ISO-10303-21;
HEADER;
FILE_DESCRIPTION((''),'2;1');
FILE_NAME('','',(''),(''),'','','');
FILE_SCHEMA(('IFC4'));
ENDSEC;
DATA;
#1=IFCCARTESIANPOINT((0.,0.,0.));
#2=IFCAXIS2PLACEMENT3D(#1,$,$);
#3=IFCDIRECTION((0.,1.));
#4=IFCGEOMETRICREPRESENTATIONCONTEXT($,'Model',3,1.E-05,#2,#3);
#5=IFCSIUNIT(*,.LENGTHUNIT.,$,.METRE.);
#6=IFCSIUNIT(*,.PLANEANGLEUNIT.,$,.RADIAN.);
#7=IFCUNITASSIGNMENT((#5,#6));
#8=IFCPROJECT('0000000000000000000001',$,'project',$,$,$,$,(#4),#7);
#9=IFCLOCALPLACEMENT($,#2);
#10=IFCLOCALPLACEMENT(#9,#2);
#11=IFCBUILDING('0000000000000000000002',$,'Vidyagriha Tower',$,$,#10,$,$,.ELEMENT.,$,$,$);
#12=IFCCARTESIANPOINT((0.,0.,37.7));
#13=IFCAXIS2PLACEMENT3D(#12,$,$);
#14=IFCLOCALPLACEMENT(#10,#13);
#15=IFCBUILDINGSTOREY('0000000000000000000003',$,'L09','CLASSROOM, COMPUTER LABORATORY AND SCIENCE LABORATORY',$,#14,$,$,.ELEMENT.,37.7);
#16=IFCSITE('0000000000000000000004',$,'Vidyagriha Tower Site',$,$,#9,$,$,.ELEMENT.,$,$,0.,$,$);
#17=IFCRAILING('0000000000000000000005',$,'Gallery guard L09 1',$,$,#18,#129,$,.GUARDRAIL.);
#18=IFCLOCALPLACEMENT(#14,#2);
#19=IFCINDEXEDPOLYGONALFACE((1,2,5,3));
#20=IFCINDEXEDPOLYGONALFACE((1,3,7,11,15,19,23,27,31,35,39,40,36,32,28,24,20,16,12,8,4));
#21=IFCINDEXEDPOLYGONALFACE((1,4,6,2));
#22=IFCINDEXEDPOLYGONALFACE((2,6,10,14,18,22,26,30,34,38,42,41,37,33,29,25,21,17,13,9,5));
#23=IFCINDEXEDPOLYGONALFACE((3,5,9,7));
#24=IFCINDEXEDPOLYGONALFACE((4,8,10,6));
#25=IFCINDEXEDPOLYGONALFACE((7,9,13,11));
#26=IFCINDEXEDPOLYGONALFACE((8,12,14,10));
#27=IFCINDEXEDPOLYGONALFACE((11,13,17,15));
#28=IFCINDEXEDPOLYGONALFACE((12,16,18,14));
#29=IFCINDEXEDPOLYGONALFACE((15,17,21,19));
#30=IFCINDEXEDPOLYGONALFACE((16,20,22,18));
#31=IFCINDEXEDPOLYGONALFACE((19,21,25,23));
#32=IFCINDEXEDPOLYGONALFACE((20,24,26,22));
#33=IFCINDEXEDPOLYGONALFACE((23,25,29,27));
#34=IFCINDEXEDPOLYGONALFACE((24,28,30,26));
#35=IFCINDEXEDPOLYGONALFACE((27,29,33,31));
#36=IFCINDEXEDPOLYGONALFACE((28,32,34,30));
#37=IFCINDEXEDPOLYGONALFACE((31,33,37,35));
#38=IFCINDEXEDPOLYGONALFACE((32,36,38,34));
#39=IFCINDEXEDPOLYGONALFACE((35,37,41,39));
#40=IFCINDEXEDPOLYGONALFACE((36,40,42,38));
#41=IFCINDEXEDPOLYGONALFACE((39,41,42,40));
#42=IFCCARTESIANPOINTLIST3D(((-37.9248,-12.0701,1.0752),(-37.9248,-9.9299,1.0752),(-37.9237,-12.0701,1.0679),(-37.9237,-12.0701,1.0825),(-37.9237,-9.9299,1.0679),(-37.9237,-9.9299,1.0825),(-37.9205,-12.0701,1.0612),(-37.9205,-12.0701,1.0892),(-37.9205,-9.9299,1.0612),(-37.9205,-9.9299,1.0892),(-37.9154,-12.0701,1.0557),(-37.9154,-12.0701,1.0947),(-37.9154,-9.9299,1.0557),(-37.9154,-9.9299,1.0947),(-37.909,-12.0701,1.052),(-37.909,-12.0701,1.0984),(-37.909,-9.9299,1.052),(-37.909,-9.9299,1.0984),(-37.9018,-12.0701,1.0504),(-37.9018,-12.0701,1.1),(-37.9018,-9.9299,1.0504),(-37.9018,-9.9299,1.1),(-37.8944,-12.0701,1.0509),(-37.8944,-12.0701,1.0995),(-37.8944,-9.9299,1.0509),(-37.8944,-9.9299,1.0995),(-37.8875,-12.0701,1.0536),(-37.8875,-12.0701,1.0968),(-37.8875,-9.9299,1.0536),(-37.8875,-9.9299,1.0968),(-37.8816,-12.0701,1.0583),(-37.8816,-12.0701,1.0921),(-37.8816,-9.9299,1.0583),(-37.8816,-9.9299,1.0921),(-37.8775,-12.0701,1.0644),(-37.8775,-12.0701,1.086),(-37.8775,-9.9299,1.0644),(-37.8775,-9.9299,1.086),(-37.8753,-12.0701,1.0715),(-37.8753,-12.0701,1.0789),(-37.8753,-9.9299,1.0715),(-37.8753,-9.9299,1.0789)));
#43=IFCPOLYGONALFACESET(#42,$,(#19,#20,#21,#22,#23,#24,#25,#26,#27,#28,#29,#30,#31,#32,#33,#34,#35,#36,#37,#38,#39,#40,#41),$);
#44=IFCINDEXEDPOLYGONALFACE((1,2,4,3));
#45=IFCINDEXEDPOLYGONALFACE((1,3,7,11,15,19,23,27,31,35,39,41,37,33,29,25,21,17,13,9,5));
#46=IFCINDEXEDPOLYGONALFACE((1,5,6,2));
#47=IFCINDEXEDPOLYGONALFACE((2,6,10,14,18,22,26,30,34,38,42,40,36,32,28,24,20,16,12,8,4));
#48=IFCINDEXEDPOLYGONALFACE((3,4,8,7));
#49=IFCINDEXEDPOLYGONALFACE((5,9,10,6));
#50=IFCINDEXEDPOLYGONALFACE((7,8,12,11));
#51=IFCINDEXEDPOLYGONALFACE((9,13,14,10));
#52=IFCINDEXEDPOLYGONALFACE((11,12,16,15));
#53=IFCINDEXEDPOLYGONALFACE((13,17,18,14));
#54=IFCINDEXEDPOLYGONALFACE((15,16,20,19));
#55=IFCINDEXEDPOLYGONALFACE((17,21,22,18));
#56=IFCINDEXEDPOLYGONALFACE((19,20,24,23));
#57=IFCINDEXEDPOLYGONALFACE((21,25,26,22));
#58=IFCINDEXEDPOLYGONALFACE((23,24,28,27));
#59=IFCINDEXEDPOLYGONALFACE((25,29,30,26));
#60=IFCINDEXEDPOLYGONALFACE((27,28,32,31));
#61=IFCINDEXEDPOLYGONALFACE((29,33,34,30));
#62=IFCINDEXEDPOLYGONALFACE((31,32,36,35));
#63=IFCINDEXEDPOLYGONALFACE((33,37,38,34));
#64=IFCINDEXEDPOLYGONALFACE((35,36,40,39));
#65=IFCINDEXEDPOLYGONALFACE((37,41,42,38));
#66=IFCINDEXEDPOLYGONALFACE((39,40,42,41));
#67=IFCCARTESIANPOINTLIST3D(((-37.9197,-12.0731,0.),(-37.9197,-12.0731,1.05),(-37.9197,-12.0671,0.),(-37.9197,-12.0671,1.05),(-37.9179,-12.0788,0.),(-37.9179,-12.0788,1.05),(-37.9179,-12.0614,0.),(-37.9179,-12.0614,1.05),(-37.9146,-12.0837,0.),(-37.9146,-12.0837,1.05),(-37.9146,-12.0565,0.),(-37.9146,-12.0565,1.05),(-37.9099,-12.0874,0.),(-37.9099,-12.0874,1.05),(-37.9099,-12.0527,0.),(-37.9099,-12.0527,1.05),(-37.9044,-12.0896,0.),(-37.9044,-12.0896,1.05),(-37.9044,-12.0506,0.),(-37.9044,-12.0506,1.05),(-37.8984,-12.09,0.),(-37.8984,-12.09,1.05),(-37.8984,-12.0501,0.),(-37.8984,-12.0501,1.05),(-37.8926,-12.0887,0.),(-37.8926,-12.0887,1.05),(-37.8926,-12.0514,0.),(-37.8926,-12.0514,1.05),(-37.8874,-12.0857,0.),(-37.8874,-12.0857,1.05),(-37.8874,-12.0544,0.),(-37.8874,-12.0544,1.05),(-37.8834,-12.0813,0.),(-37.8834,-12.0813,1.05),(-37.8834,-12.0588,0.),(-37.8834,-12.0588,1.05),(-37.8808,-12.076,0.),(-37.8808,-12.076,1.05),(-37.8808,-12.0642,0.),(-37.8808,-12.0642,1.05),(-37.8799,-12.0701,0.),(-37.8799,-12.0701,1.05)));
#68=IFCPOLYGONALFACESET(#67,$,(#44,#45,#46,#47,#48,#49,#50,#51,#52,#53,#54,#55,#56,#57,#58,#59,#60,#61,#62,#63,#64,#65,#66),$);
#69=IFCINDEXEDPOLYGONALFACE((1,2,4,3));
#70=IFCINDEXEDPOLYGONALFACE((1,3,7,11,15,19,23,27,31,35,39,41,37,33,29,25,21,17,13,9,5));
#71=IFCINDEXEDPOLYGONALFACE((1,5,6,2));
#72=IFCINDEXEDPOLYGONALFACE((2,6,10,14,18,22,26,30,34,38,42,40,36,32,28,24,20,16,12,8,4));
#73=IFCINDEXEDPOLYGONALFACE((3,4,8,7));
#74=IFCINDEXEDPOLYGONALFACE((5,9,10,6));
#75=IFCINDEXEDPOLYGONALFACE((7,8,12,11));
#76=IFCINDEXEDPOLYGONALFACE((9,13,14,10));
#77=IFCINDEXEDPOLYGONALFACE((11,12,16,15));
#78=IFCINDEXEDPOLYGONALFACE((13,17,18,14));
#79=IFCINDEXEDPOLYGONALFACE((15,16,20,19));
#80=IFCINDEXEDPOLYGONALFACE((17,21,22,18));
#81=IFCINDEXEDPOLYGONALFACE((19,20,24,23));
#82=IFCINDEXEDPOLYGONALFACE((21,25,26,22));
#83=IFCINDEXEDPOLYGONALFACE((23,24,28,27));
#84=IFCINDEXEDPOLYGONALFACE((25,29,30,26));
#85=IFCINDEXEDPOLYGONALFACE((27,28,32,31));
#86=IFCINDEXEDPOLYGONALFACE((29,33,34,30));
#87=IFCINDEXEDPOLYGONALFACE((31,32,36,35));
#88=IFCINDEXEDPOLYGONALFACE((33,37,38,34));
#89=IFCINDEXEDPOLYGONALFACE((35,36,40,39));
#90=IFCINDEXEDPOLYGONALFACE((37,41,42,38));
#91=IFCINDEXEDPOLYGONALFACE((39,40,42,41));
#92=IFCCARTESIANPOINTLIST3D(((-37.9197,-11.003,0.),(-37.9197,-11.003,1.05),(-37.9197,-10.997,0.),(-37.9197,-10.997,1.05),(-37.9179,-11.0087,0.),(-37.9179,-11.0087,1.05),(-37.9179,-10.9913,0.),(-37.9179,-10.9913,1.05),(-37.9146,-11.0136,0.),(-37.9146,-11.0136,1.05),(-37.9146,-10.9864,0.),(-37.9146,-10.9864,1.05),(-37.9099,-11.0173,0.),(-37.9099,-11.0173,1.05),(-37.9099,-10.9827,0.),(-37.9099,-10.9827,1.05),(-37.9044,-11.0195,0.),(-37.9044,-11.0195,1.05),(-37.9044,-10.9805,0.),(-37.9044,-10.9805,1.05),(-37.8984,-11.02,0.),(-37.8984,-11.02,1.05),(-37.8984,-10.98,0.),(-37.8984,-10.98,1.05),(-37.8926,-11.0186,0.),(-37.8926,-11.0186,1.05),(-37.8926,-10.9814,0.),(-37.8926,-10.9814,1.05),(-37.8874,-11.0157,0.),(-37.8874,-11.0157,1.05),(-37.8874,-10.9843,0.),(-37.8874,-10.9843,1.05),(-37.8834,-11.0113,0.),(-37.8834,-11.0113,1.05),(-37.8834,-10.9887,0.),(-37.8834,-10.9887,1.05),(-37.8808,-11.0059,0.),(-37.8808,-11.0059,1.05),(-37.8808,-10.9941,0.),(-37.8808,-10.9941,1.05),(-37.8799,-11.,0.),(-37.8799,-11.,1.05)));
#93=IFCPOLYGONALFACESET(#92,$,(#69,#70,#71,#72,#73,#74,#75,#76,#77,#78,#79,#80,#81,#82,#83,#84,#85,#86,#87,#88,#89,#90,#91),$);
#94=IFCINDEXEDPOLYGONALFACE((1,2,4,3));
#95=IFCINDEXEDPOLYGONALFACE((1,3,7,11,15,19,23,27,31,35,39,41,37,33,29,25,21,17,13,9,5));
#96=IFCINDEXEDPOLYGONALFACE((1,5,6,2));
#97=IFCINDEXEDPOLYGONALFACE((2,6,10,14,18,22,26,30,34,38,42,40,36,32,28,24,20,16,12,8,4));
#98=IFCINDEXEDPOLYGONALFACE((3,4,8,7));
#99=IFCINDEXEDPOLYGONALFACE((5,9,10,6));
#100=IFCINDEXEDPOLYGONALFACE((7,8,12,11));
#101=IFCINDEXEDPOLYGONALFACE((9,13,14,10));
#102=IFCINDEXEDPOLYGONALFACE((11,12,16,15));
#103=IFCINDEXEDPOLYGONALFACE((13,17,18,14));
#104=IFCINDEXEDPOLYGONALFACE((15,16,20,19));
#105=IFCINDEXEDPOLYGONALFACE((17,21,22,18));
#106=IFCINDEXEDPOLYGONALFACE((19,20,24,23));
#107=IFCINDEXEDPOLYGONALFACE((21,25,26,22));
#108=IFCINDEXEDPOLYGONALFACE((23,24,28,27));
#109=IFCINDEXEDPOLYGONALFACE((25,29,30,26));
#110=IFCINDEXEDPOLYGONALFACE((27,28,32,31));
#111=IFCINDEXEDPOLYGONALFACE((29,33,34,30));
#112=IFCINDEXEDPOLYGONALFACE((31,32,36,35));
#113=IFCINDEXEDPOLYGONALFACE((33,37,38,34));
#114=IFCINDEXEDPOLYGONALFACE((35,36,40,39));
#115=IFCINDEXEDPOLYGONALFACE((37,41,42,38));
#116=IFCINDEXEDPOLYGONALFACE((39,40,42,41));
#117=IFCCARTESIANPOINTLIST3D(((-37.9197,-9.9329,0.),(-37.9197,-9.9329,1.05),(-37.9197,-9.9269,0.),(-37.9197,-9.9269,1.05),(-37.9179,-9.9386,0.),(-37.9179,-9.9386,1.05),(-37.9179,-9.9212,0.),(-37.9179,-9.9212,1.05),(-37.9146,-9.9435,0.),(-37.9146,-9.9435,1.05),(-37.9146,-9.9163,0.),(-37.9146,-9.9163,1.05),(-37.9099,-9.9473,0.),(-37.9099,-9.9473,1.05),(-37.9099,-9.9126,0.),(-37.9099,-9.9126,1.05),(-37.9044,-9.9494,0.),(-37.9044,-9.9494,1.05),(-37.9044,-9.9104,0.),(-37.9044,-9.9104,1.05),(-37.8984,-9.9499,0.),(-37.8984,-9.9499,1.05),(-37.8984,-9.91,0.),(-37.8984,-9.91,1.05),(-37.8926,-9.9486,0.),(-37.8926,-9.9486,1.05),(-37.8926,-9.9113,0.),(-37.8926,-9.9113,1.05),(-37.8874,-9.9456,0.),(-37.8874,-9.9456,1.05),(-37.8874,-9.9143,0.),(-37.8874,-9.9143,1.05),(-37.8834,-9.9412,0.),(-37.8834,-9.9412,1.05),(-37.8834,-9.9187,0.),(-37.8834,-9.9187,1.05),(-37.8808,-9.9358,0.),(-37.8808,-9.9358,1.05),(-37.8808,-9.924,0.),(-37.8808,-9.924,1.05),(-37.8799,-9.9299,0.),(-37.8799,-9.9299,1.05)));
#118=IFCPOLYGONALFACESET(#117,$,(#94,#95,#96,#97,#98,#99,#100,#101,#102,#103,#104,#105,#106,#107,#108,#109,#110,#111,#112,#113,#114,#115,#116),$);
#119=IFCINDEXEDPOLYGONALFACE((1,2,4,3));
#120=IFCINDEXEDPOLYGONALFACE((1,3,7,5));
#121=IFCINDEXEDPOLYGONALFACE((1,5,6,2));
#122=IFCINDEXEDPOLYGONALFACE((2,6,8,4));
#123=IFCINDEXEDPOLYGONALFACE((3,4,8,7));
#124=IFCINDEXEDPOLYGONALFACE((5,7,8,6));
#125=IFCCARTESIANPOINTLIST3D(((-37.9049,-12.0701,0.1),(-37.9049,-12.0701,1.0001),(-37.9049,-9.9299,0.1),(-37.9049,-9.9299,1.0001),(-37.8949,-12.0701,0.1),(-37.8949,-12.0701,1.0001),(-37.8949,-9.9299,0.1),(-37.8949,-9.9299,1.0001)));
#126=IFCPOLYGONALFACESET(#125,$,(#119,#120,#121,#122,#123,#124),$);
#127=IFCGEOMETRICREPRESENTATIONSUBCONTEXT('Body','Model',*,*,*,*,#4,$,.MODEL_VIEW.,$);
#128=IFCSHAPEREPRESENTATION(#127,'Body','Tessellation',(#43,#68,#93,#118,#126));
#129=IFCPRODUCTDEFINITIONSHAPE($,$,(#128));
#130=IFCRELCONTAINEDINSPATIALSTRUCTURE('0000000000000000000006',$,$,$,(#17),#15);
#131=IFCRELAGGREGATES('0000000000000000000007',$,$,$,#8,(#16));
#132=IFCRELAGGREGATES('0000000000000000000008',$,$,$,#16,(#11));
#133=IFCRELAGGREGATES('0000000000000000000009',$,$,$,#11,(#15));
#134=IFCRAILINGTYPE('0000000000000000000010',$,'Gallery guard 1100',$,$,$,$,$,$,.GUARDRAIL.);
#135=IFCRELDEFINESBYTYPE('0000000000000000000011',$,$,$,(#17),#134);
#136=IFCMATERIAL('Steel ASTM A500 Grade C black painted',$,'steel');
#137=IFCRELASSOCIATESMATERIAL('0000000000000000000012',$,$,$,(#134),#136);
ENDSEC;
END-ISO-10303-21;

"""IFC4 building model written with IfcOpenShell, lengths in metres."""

from ifc_helpers import new_model, si_unit, direction, frame, origin, origin_2d, place, context, subcontext, project, spatial, rectangle, circle, extrude, material, type_object, element, save


model = new_model("IFC4")

# Units and contexts
model_context = context("Model", 3, precision=1e-05, world=origin(), true_north=direction((0.0, 1.0)))
body_context = subcontext(model_context, "Body", "Model", "MODEL_VIEW")
ifc_project = project(units=[si_unit("LENGTHUNIT", "METRE"), si_unit("PLANEANGLEUNIT", "RADIAN")], contexts=[model_context])

# Site, building, storey
site_placement = place(None, origin())
site = spatial("IfcSite", under=ifc_project, at=site_placement, Name="Vidyagriha Tower Site", CompositionType="ELEMENT", RefElevation=0.0)
building_placement = place(site_placement, origin())
building = spatial("IfcBuilding", under=site, at=building_placement, Name="Vidyagriha Tower", CompositionType="ELEMENT")
storey_placement = place(building_placement, frame((0.0, 0.0, 37.7)))
storey = spatial("IfcBuildingStorey", under=building, at=storey_placement, Name="L09", Description="CLASSROOM, COMPUTER LABORATORY AND SCIENCE LABORATORY", CompositionType="ELEMENT", Elevation=37.7)

# Railing
ifc_material_1 = material(Name="Steel ASTM A500 Grade C black painted", Category="steel")
railing_type = type_object("IfcRailingType", Name="Gallery guard 1100", PredefinedType="GUARDRAIL", material=ifc_material_1)
railing_1_placement = place(storey_placement, frame((-37.8999, -12.0701, 0.0)))
element("IfcRailing", 1, at=railing_1_placement, inside=storey, type_object=railing_type, Name="Gallery guard L09 1", PredefinedType="GUARDRAIL", context=body_context, shape_type="SweptSolid", body=[
    extrude(circle(Radius=0.0249, at=origin_2d()), frame((0.0, 0.0, 1.0752), z_axis=(0.0, 1.0, 0.0), x_axis=(-1.0, 0.0, 0.0)), (0.0, 0.0, 1.0), 2.1401),
    extrude(circle(Radius=0.02, at=origin_2d()), origin(), (0.0, 0.0, 1.0), 1.05),
    extrude(circle(Radius=0.02, at=origin_2d()), frame((0.0, 1.0701, 0.0)), (0.0, 0.0, 1.0), 1.05),
    extrude(circle(Radius=0.02, at=origin_2d()), frame((0.0, 2.1401, 0.0)), (0.0, 0.0, 1.0), 1.05),
    extrude(rectangle(XDim=0.01, YDim=0.9001, at=origin_2d()), frame((0.0, 0.0, 0.55), z_axis=(0.0, 1.0, 0.0), x_axis=(-1.0, 0.0, 0.0)), (0.0, 0.0, 1.0), 2.1401),
])

save(model, "model.ifc")
